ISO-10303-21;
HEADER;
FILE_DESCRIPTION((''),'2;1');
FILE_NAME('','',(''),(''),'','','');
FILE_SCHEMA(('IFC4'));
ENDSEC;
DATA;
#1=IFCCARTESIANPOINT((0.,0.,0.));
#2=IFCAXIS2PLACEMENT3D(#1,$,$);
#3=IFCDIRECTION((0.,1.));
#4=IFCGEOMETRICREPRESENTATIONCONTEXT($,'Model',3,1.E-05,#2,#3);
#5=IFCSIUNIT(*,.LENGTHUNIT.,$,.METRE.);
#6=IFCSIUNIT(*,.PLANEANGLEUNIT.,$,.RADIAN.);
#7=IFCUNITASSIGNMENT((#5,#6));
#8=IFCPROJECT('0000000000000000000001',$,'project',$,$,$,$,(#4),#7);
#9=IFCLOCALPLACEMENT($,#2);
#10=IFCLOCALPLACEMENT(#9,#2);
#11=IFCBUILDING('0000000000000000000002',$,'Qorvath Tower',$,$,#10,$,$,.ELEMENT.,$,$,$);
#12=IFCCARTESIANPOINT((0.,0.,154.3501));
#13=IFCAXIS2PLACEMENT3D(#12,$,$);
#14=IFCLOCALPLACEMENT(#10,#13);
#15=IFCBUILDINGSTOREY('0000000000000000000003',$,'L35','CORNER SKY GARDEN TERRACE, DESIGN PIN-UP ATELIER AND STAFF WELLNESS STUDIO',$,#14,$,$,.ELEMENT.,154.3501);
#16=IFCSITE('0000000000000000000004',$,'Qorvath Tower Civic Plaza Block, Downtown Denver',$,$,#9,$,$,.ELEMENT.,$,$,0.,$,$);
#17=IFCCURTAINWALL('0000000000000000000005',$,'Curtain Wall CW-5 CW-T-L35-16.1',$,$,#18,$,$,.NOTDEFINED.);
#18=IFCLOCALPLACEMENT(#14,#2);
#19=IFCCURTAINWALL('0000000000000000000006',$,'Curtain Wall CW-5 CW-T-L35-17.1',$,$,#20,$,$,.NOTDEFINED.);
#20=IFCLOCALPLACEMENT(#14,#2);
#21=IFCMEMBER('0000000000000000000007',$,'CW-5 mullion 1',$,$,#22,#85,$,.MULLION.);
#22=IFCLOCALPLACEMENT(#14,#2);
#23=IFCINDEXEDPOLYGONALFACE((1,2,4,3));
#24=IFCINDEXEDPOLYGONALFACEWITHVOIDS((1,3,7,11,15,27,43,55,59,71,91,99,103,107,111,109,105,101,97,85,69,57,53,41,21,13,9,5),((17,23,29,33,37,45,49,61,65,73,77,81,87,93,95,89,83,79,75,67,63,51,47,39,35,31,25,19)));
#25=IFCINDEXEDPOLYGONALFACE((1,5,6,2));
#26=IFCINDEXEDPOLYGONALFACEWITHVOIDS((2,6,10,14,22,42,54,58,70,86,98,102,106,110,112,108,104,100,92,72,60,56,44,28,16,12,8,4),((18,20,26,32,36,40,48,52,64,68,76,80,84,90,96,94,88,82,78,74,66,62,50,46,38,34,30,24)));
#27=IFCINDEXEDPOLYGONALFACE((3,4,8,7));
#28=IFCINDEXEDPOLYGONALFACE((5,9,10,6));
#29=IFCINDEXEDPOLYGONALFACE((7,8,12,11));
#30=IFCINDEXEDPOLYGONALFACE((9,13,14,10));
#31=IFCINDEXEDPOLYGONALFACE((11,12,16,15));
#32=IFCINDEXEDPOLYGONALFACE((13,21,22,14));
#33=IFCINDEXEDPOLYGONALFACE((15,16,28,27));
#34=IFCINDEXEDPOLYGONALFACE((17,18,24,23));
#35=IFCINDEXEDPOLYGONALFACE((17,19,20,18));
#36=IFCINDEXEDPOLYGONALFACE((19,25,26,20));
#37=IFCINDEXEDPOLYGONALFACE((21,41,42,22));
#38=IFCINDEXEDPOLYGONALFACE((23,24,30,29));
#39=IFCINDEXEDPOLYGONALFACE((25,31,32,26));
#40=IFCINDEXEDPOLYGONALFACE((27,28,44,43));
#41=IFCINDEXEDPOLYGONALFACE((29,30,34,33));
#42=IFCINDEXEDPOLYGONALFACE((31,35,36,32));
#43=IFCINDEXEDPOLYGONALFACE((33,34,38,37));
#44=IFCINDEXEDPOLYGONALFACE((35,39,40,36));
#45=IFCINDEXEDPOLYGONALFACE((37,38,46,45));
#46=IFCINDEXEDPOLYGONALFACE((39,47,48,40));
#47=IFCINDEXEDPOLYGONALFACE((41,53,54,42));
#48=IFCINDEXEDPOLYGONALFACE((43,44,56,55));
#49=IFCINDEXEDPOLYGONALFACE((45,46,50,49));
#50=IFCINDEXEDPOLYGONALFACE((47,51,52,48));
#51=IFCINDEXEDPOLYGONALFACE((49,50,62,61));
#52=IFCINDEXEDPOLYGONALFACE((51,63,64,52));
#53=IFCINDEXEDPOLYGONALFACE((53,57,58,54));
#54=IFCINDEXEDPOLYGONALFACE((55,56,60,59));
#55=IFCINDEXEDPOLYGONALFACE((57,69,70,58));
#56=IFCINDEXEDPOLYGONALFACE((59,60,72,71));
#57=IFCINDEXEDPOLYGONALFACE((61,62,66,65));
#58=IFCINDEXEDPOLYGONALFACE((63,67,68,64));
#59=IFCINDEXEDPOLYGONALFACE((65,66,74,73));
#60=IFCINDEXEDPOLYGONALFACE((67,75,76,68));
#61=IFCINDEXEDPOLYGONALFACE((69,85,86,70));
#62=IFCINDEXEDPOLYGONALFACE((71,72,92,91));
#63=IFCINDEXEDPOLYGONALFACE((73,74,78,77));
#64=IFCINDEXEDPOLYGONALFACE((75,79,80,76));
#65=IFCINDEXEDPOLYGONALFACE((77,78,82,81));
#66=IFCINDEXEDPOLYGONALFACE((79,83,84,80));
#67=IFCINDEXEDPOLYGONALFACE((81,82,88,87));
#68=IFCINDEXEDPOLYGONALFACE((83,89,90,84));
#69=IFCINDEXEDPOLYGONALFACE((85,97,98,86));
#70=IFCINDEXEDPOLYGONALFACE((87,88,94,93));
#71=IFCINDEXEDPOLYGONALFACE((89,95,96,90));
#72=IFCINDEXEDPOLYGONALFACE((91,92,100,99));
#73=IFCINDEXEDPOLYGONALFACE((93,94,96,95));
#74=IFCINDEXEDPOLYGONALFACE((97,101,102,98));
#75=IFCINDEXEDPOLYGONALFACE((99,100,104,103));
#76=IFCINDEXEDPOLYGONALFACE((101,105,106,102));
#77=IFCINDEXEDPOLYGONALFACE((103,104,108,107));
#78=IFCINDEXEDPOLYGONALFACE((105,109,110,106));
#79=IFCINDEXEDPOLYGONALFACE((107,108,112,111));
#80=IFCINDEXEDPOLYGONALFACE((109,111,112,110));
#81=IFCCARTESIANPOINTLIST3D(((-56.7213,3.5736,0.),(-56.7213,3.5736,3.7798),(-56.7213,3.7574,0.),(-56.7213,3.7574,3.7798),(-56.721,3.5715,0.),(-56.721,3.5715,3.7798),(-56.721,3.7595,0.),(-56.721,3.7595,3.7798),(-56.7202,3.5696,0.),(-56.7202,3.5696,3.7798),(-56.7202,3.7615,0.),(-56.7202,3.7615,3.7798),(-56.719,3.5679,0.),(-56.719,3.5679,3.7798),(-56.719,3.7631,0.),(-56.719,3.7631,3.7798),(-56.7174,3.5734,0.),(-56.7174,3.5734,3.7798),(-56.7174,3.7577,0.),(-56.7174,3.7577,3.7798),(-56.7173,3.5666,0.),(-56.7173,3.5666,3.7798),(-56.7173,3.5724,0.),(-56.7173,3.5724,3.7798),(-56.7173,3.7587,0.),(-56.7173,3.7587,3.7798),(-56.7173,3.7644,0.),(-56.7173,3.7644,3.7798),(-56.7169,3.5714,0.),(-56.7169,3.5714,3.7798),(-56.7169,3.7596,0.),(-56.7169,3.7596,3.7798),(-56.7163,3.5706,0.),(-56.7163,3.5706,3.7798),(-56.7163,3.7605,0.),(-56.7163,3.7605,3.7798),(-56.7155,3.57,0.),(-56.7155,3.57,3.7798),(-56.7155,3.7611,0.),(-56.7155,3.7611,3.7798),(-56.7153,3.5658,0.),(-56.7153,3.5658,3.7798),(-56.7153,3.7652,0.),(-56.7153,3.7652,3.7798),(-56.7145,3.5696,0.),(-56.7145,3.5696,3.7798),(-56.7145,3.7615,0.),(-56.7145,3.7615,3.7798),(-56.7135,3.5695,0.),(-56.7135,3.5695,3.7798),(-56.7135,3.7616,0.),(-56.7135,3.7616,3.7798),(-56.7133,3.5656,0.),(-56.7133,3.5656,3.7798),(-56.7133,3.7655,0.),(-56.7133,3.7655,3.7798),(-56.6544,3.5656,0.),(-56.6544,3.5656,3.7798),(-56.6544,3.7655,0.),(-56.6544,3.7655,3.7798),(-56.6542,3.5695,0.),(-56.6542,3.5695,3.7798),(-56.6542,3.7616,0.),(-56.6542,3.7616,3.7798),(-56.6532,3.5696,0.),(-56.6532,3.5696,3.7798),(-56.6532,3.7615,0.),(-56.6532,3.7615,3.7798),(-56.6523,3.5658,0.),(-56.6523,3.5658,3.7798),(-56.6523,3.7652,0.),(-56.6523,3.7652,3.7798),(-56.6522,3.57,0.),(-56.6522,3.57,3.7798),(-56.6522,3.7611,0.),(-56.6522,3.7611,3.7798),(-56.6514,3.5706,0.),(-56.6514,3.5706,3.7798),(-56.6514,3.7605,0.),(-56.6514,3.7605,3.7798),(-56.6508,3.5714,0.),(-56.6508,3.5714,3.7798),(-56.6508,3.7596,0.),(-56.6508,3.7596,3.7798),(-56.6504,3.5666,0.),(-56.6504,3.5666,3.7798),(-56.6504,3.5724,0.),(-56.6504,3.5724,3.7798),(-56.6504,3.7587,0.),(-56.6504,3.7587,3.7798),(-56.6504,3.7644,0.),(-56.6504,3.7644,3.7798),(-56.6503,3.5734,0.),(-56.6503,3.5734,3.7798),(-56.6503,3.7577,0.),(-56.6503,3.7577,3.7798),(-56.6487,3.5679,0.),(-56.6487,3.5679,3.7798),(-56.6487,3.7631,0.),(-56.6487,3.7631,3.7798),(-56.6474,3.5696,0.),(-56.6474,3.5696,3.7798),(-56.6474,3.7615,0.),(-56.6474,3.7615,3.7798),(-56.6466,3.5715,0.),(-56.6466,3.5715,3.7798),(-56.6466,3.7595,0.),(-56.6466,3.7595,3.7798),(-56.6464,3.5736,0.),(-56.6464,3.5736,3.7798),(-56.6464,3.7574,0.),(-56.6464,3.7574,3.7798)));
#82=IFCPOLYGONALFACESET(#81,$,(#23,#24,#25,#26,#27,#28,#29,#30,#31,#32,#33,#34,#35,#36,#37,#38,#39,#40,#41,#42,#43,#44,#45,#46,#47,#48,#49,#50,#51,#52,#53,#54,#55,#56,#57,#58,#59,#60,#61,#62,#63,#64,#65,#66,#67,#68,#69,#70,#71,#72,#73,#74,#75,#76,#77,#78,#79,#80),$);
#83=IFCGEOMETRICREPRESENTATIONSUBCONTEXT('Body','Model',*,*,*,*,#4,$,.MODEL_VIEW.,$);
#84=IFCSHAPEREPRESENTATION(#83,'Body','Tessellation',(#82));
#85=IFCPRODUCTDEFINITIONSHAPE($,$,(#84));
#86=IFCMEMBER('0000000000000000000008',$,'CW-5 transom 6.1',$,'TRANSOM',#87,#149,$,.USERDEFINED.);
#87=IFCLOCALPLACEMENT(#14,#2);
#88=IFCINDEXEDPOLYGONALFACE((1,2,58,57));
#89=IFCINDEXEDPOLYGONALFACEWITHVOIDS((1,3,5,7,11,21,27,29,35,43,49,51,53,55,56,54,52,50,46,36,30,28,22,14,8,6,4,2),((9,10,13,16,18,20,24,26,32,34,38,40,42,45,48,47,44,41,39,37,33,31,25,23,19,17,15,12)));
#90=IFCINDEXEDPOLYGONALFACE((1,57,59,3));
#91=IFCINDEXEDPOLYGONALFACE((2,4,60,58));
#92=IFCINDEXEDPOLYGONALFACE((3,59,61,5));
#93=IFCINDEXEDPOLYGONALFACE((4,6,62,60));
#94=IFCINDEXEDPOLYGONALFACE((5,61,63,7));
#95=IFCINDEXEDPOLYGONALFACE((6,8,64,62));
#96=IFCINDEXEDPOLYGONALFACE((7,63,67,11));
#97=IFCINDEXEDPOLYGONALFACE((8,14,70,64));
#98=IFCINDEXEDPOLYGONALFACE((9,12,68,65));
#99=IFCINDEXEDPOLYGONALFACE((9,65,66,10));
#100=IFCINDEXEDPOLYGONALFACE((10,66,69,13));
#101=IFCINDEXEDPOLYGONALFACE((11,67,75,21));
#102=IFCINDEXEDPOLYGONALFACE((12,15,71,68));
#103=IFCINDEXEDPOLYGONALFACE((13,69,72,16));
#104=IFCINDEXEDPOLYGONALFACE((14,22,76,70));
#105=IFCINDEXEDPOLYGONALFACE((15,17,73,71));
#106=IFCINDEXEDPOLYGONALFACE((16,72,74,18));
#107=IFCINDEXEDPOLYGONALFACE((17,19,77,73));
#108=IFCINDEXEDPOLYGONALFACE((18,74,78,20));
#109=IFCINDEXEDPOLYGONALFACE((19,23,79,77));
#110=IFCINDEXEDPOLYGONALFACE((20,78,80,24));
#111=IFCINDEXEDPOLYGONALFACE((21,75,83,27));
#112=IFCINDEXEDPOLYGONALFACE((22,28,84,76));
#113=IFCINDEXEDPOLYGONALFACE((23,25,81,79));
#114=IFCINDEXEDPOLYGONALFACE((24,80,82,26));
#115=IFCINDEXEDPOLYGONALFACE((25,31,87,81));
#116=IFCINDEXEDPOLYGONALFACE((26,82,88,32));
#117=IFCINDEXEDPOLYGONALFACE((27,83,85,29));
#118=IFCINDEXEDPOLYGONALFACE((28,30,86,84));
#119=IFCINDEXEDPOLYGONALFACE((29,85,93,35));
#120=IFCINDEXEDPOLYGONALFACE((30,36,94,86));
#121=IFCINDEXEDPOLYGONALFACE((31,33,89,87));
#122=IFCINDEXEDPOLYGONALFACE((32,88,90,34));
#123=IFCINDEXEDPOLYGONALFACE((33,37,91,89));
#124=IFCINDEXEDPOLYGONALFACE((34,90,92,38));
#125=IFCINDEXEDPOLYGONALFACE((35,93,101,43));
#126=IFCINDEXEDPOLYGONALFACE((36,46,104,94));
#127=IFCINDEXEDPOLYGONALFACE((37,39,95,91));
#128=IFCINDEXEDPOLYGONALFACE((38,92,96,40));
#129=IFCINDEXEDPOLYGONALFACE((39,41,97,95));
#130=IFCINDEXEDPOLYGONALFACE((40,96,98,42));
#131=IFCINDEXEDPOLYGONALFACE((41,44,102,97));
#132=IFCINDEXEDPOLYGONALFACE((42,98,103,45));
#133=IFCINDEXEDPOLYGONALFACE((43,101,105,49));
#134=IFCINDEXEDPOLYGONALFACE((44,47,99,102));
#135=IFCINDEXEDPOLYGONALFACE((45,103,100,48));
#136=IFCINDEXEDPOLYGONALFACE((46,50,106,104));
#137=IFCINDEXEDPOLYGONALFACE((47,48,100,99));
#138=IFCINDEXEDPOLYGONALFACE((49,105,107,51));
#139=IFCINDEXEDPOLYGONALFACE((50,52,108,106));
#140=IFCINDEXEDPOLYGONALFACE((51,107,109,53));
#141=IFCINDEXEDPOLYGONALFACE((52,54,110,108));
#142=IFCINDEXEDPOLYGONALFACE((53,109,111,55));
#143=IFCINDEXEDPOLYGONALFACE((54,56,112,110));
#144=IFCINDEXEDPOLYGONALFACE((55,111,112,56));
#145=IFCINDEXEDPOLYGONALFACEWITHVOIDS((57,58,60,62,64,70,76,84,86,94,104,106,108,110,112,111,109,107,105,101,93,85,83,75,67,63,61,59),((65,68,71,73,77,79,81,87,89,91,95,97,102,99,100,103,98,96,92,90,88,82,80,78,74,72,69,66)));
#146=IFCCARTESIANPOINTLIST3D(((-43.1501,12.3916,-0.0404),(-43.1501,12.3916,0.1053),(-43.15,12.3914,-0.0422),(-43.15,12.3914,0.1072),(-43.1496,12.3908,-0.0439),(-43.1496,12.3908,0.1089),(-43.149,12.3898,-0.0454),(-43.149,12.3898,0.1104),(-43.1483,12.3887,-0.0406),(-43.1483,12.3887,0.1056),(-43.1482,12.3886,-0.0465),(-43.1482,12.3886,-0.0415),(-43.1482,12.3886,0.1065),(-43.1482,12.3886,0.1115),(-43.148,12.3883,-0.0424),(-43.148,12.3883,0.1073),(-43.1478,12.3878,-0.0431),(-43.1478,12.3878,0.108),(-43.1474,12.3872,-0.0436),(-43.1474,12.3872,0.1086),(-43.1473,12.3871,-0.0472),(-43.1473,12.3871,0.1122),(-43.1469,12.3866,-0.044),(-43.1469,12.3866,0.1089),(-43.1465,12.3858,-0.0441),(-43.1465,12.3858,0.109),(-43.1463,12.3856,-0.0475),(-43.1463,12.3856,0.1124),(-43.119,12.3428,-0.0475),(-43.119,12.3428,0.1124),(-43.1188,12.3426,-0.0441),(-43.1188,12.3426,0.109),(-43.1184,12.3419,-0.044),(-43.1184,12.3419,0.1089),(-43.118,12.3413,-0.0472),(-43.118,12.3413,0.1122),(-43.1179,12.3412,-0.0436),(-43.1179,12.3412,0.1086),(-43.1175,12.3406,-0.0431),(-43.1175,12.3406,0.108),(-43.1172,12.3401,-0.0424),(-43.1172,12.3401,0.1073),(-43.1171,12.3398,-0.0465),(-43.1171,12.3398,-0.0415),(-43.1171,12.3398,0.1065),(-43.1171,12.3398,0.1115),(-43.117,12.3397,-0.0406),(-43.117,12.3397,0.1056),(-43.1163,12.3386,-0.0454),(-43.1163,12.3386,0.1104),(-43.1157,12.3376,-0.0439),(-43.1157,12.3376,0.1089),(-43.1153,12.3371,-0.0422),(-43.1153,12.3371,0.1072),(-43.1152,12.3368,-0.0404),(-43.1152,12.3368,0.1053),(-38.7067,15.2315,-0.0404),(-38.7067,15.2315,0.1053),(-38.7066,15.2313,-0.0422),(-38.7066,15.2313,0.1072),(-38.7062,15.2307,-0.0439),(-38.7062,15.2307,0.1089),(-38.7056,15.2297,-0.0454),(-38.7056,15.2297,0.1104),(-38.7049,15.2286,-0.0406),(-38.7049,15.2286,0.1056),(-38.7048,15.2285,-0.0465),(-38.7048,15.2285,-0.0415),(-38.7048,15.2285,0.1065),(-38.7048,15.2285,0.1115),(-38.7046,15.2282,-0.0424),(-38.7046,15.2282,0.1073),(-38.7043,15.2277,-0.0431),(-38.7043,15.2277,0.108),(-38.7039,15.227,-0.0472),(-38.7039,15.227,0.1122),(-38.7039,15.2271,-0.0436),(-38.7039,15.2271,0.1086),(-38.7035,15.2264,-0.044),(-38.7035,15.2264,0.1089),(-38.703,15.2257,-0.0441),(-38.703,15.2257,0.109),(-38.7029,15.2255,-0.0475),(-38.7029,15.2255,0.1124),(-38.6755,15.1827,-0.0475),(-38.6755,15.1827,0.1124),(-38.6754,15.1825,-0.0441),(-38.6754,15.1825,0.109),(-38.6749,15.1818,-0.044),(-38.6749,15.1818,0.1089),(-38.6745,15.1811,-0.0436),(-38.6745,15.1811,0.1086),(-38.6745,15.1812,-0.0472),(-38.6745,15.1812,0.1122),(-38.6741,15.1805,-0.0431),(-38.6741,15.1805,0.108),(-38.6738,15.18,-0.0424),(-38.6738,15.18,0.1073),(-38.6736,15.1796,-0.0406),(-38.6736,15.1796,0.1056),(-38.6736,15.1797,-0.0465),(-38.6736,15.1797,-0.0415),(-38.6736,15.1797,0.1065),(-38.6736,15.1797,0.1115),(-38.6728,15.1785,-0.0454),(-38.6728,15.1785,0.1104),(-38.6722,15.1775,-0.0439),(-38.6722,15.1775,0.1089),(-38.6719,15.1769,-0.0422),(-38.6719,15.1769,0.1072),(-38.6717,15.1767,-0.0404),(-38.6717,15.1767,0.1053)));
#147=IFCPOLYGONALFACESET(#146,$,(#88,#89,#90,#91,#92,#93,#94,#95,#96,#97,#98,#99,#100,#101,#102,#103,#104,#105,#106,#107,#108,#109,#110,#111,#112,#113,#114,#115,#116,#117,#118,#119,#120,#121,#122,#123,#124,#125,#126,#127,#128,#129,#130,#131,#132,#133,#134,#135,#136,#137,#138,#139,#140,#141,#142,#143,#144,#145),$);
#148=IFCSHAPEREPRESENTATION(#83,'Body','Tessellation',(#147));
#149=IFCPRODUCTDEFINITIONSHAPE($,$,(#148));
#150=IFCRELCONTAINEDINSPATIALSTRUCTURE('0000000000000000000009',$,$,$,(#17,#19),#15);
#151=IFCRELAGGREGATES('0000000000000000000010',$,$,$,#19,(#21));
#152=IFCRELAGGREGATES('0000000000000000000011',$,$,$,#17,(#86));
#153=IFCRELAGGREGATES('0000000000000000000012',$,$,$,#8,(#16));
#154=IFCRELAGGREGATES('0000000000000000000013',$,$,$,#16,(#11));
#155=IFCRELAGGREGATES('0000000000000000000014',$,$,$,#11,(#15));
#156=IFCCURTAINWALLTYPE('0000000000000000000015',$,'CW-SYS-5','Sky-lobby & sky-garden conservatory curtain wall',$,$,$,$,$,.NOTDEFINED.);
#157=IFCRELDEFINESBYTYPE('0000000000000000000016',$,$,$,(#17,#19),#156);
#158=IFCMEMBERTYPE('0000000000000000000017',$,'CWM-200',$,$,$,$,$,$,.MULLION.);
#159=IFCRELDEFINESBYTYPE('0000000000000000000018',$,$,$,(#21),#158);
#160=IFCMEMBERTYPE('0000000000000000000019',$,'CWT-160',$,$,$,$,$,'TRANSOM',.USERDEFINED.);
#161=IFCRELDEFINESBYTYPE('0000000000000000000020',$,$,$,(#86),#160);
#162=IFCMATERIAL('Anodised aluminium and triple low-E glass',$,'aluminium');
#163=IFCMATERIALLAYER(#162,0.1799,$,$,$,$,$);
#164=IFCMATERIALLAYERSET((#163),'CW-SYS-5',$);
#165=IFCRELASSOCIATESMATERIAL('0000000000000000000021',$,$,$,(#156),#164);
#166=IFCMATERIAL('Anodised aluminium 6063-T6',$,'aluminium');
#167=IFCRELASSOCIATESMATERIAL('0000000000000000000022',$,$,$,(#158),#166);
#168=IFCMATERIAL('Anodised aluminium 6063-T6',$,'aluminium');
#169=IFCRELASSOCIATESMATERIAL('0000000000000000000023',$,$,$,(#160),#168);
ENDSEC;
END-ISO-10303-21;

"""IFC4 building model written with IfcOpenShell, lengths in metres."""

from ifc_helpers import new_model, si_unit, direction, frame, origin, origin_2d, place, context, subcontext, project, spatial, hollow_rectangle, extrude, material, layer, layer_set, material_profile, profile_set, type_object, element, aggregate, save


model = new_model("IFC4")

# Units and contexts
model_context = context("Model", 3, precision=1e-05, world=origin(), true_north=direction((0.0, 1.0)))
body_context = subcontext(model_context, "Body", "Model", "MODEL_VIEW")
ifc_project = project(units=[si_unit("LENGTHUNIT", "METRE"), si_unit("PLANEANGLEUNIT", "RADIAN")], contexts=[model_context])

# Site, building, storey
site_placement = place(None, origin())
site = spatial("IfcSite", under=ifc_project, at=site_placement, Name="Qorvath Tower Civic Plaza Block, Downtown Denver", CompositionType="ELEMENT", RefElevation=0.0)
building_placement = place(site_placement, origin())
building = spatial("IfcBuilding", under=site, at=building_placement, Name="Qorvath Tower", CompositionType="ELEMENT")
storey_placement = place(building_placement, frame((0.0, 0.0, 154.3501)))
storey = spatial("IfcBuildingStorey", under=building, at=storey_placement, Name="L35", Description="CORNER SKY GARDEN TERRACE, DESIGN PIN-UP ATELIER AND STAFF WELLNESS STUDIO", CompositionType="ELEMENT", Elevation=154.3501)

# Curtain wall
ifc_material_1 = material(Name="Anodised aluminium and triple low-E glass", Category="aluminium")
ifc_layer_1 = layer(ifc_material_1, 0.1799)
ifc_layer_set_1 = layer_set([ifc_layer_1], Name="CW-SYS-5")
curtain_wall_type = type_object("IfcCurtainWallType", Name="CW-SYS-5", Description="Sky-lobby & sky-garden conservatory curtain wall", PredefinedType="NOTDEFINED", material=ifc_layer_set_1)
curtain_wall_1_placement = place(storey_placement, origin())
curtain_wall_1 = element("IfcCurtainWall", 1, at=curtain_wall_1_placement, inside=storey, type_object=curtain_wall_type, Name="Curtain Wall CW-5 CW-T-L35-16.1", PredefinedType="NOTDEFINED")
ifc_material_2 = material(Name="Anodised aluminium 6063-T6", Category="aluminium")
ifc_material_profile_1 = material_profile(ifc_material_2, hollow_rectangle(XDim=0.075, YDim=0.2, WallThickness=0.0039, InnerFilletRadius=0.0039, OuterFilletRadius=0.0081, at=origin_2d()), Name="CWM 200x75")
ifc_profile_set_1 = profile_set([ifc_material_profile_1], Name="Anodised aluminium 6063-T6")
member_type_1 = type_object("IfcMemberType", Name="CWM-200", PredefinedType="MULLION", material=ifc_profile_set_1)

# Curtain wall, member
curtain_wall_2_placement = place(storey_placement, origin())
curtain_wall_2 = element("IfcCurtainWall", 2, at=curtain_wall_2_placement, inside=storey, type_object=curtain_wall_type, Name="Curtain Wall CW-5 CW-T-L35-17.1", PredefinedType="NOTDEFINED")
member_1_placement = place(storey_placement, frame((-56.6838, 3.6655, 0.0), z_axis=(0.0, 0.0, 1.0), x_axis=(1.0, 0.0, 0.0)))
member_1 = element("IfcMember", 3, at=member_1_placement, type_object=member_type_1, Name="CW-5 mullion 1", PredefinedType="MULLION", context=body_context, shape_type="SweptSolid", body=[
    extrude(hollow_rectangle(XDim=0.075, YDim=0.2, WallThickness=0.0039, InnerFilletRadius=0.0039, OuterFilletRadius=0.0081, at=origin_2d()), origin(), (0.0, 0.0, 1.0), 3.7798),
])

# Member
ifc_material_3 = material(Name="Anodised aluminium 6063-T6", Category="aluminium")
ifc_material_profile_2 = material_profile(ifc_material_3, hollow_rectangle(XDim=0.0649, YDim=0.1599, WallThickness=0.0034, InnerFilletRadius=0.0034, OuterFilletRadius=0.0071, at=origin_2d()), Name="CWT 160x65")
ifc_profile_set_2 = profile_set([ifc_material_profile_2], Name="Anodised aluminium 6063-T6")
member_type_2 = type_object("IfcMemberType", Name="CWT-160", ElementType="TRANSOM", PredefinedType="USERDEFINED", material=ifc_profile_set_2)
member_2_placement = place(storey_placement, frame((-38.6892, 15.2041, 0.0325), z_axis=(-0.842608, -0.538528, 0.0), x_axis=(0.538528, -0.842608, 0.0)))
member_2 = element("IfcMember", 4, at=member_2_placement, type_object=member_type_2, Name="CW-5 transom 6.1", ObjectType="TRANSOM", PredefinedType="USERDEFINED", context=body_context, shape_type="SweptSolid", body=[
    extrude(hollow_rectangle(XDim=0.0649, YDim=0.1599, WallThickness=0.0034, InnerFilletRadius=0.0034, OuterFilletRadius=0.0071, at=origin_2d()), origin(), (0.0, 0.0, 1.0), 5.2734),
])
aggregate(curtain_wall_2, [member_1])

aggregate(curtain_wall_1, [member_2])

save(model, "model.ifc")
